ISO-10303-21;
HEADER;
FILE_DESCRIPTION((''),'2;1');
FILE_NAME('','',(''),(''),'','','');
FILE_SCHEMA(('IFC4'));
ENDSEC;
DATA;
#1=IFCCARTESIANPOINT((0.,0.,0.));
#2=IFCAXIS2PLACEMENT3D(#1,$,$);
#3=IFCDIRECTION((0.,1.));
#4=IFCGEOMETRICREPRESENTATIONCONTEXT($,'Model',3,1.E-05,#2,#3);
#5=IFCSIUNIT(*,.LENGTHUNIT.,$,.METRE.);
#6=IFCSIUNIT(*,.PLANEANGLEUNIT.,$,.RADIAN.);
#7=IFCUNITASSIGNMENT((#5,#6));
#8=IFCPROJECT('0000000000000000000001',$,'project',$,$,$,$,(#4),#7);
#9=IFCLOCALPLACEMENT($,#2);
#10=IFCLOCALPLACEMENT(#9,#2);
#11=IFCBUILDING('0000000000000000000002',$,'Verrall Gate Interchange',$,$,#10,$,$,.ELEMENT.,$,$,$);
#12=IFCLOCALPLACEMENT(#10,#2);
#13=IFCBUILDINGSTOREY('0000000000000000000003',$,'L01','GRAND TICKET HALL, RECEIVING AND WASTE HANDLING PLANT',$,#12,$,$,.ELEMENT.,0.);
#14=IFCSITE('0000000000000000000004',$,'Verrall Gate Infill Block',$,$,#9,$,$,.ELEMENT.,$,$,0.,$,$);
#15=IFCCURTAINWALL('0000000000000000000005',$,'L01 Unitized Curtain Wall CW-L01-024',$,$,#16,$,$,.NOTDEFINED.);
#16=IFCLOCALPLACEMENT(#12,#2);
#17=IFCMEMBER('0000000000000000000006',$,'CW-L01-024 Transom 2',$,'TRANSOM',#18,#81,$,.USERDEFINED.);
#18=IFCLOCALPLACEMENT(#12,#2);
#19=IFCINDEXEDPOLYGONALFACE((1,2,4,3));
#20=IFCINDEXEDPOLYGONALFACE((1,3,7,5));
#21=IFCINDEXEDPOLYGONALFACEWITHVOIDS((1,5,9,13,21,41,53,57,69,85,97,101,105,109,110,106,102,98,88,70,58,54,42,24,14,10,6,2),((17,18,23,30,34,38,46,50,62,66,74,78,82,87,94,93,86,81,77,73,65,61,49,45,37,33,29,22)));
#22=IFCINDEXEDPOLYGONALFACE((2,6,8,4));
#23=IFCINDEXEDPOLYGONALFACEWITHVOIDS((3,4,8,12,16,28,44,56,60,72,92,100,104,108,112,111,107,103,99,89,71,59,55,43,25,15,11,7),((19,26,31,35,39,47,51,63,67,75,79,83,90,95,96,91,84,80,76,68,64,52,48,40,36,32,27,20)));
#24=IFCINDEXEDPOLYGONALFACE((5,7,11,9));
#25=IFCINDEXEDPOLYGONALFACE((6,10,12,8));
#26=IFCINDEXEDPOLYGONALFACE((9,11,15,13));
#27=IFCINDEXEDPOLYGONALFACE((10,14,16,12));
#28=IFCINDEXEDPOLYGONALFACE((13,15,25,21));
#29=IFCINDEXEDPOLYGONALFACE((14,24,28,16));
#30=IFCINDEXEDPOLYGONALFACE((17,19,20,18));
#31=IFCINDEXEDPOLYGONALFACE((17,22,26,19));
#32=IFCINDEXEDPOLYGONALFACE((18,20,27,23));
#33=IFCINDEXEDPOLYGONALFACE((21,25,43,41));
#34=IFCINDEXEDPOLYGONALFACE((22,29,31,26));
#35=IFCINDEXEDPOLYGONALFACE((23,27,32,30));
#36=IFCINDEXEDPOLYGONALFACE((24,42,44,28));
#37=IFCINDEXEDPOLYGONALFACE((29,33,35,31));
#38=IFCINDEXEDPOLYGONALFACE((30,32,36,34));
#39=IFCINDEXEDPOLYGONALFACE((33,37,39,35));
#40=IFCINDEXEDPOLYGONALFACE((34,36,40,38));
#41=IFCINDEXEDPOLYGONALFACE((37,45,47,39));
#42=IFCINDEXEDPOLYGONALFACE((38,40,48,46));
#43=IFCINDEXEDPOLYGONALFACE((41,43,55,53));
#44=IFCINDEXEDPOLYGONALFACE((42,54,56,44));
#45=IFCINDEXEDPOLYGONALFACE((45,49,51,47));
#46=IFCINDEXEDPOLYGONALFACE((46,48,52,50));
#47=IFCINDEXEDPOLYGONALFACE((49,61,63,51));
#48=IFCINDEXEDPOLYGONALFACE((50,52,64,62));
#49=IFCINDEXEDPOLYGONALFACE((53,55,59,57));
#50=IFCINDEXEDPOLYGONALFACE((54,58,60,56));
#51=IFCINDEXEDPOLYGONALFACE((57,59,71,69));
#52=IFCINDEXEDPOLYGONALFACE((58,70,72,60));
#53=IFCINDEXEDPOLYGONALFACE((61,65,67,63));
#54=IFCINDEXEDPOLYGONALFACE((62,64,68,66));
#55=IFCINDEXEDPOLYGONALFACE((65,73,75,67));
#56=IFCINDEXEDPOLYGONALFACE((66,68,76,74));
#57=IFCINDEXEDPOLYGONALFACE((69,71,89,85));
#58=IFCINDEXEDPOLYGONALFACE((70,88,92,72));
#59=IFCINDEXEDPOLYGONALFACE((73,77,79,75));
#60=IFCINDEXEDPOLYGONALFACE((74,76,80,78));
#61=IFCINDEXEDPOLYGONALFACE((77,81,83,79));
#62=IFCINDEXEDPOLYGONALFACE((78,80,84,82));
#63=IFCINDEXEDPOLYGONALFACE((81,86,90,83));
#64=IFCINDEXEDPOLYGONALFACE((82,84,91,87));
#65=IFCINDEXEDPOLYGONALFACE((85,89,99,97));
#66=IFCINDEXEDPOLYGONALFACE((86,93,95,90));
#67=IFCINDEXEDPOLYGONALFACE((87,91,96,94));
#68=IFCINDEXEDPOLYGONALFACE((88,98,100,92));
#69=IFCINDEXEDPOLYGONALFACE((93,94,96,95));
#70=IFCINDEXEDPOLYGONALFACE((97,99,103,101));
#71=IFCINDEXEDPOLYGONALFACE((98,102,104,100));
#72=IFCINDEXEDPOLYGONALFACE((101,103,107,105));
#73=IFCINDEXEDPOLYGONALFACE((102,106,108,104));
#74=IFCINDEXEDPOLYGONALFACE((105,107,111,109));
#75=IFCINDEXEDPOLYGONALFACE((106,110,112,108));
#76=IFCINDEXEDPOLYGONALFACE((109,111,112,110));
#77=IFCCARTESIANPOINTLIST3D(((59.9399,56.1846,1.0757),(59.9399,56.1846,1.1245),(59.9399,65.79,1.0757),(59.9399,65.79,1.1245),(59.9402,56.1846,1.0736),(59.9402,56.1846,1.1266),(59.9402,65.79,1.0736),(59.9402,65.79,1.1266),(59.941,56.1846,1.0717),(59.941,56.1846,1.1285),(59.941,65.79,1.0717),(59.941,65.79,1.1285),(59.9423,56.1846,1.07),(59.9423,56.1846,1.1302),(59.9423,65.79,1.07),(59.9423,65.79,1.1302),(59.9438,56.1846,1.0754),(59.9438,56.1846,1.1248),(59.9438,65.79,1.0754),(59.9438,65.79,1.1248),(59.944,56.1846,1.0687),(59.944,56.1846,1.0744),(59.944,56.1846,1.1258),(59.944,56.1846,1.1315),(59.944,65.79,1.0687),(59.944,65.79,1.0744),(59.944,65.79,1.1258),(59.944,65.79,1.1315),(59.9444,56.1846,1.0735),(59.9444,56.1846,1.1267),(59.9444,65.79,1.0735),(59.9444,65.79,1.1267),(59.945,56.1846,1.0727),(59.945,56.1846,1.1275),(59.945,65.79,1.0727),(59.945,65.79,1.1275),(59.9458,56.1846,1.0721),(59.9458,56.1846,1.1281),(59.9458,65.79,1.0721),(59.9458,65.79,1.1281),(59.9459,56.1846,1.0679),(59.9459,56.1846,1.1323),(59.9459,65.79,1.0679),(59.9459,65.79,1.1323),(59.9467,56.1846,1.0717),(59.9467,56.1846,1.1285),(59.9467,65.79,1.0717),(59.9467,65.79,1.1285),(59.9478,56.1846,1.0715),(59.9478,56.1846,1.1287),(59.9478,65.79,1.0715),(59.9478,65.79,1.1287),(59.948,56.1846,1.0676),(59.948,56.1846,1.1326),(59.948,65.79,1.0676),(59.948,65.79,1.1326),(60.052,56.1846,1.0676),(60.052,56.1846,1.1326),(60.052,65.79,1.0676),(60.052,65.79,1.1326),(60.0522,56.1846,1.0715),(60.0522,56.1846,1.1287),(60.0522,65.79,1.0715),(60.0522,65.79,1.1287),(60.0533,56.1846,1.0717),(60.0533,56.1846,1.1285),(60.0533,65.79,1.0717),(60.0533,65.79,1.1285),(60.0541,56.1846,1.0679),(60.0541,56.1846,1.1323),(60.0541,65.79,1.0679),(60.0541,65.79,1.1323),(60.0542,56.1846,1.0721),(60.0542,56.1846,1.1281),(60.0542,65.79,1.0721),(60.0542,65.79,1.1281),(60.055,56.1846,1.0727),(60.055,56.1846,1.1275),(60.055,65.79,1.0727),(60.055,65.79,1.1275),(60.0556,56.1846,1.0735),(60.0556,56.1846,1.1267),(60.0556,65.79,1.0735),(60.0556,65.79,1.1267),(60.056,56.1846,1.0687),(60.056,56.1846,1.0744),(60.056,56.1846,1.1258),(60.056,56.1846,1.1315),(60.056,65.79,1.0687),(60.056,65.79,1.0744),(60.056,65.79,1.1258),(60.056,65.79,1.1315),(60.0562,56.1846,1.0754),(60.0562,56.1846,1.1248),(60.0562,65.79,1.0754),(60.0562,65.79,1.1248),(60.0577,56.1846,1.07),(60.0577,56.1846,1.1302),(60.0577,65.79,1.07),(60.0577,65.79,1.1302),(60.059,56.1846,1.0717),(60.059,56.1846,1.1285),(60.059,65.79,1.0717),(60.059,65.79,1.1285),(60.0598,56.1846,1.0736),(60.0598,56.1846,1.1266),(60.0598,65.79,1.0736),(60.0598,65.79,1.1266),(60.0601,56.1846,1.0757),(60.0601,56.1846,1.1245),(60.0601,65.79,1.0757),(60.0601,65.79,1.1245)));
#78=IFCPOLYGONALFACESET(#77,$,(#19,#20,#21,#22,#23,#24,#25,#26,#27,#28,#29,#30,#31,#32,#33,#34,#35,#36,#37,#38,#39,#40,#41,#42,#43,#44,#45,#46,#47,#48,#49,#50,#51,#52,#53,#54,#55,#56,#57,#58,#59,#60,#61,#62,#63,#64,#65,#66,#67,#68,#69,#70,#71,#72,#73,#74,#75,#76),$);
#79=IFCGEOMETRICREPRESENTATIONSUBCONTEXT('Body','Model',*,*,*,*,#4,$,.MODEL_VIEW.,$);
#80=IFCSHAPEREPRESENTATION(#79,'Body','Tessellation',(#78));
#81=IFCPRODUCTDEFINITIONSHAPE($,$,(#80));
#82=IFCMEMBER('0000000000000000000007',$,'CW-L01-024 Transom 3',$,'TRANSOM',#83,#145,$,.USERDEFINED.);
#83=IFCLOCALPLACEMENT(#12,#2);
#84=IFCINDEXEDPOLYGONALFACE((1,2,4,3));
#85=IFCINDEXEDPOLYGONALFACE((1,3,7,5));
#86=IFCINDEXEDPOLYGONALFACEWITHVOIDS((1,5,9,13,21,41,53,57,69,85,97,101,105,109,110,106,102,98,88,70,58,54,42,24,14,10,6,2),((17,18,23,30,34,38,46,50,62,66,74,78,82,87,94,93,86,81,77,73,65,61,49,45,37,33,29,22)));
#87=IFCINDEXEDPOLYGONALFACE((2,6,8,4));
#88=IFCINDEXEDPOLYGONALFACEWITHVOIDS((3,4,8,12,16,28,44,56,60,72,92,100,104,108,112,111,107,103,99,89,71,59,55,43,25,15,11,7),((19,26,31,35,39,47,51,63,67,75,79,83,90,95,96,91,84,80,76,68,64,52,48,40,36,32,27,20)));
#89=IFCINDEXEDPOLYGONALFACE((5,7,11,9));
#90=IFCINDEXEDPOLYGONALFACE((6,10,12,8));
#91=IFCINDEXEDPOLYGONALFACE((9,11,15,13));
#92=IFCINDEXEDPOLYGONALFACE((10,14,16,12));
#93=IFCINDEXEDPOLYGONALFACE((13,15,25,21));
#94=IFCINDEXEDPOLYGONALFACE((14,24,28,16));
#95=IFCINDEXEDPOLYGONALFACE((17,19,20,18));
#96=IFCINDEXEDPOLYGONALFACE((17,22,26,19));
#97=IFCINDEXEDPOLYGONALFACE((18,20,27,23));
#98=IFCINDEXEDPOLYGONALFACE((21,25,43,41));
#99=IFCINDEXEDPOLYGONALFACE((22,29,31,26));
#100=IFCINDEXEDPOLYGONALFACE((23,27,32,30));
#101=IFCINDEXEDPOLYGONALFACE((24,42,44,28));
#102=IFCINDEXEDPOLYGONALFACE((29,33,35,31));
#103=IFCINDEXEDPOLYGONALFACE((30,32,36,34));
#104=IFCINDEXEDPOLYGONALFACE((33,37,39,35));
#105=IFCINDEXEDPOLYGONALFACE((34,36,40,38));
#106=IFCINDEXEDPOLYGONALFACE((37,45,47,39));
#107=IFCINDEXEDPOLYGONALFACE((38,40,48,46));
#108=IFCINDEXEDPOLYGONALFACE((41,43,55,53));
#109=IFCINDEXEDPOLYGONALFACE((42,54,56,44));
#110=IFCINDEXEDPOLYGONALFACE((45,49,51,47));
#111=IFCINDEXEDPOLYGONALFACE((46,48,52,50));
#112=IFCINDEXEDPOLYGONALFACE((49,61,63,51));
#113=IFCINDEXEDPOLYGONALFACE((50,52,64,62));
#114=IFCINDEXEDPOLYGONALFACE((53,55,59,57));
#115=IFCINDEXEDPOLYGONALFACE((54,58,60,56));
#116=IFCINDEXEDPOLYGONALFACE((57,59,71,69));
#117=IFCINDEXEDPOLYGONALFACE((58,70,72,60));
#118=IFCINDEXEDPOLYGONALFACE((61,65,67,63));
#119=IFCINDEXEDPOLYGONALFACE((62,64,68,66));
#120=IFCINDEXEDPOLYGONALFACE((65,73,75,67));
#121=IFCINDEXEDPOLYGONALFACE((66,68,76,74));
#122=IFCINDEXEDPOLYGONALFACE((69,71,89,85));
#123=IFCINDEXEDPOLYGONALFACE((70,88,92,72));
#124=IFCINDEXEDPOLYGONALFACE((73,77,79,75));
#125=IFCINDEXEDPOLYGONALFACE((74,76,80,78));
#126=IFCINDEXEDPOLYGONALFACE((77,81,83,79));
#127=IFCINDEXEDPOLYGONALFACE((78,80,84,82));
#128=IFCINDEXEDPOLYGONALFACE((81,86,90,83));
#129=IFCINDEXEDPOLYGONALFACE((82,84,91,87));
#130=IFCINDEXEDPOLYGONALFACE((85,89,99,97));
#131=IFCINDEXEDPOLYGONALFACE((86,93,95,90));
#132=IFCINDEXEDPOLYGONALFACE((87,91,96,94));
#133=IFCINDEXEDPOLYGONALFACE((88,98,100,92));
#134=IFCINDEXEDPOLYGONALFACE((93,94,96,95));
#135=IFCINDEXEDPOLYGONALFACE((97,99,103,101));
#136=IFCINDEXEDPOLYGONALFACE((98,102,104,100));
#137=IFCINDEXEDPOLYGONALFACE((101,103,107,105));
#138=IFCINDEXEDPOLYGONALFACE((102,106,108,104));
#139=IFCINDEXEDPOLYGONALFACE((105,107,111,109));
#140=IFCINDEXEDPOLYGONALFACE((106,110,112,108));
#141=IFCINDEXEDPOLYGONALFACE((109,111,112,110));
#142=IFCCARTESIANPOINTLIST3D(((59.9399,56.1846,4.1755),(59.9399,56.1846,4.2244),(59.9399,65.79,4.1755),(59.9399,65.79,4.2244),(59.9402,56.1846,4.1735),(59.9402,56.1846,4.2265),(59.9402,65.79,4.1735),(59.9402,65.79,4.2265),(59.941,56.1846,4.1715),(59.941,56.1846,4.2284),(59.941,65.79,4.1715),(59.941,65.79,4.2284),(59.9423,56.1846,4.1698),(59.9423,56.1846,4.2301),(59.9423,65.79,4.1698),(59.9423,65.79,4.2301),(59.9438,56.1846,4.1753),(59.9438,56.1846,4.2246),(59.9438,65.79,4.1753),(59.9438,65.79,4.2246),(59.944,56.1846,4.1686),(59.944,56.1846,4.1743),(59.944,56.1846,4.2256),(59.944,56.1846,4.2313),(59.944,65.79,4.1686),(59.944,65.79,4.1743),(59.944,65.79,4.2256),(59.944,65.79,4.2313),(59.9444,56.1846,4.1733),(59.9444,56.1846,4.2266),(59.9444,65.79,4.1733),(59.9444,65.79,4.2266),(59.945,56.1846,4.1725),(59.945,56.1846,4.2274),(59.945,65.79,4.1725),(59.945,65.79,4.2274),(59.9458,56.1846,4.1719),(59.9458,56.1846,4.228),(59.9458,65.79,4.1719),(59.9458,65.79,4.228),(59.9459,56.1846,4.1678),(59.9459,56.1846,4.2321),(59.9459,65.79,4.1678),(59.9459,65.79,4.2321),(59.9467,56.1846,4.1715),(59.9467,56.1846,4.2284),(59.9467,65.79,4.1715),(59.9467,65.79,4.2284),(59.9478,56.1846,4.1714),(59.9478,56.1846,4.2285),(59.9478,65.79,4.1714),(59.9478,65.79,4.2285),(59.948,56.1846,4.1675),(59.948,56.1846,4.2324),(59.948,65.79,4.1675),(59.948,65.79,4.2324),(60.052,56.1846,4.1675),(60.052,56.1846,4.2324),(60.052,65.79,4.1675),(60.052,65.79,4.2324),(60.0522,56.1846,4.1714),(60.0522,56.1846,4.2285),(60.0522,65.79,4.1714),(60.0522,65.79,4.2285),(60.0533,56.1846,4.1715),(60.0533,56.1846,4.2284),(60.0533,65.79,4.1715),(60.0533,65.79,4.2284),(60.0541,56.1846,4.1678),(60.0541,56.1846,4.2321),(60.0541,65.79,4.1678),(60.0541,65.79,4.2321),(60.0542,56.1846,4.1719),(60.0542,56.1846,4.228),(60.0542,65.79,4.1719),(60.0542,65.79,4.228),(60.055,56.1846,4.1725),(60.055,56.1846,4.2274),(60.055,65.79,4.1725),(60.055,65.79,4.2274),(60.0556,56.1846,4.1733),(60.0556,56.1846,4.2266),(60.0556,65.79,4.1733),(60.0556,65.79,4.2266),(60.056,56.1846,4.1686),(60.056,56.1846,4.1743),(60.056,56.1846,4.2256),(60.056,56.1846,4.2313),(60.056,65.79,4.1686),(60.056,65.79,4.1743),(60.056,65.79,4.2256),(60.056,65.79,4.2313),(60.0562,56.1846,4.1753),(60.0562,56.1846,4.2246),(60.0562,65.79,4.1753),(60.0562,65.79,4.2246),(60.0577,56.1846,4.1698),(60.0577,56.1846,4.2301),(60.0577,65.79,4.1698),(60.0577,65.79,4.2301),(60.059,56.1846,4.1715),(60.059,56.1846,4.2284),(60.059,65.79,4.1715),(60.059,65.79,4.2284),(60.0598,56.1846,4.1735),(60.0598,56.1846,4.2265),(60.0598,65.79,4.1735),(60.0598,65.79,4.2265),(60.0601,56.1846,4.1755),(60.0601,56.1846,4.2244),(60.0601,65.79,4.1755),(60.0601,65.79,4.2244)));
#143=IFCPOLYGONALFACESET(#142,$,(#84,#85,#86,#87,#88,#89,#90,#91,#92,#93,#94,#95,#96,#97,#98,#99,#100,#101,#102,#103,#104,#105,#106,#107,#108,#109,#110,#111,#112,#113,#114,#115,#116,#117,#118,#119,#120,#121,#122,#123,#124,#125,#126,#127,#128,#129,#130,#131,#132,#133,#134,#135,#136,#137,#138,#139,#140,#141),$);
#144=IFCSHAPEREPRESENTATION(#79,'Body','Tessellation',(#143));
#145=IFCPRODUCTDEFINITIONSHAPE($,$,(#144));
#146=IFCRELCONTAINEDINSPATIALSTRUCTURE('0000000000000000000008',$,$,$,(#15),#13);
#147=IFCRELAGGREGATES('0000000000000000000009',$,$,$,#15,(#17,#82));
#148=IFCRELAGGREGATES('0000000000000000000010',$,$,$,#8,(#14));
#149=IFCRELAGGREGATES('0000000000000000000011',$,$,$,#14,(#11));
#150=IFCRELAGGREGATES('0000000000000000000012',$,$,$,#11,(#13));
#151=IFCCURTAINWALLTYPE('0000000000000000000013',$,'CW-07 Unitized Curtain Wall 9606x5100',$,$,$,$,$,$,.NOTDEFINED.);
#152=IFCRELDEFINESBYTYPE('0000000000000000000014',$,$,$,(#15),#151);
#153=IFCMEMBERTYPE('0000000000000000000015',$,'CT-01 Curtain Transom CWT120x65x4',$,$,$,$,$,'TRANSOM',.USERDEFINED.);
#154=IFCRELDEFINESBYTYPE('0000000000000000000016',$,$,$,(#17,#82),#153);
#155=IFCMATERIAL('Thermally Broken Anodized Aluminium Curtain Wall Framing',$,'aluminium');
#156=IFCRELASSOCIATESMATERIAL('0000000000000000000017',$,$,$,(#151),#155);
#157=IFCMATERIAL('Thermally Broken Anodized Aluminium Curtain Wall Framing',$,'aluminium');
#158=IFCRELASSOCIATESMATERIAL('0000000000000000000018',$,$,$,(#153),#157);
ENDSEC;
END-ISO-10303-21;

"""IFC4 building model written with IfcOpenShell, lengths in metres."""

from ifc_helpers import new_model, si_unit, direction, frame, origin, origin_2d, place, context, subcontext, project, spatial, hollow_rectangle, extrude, material, material_profile, profile_set, type_object, element, aggregate, save


model = new_model("IFC4")

# Units and contexts
model_context = context("Model", 3, precision=1e-05, world=origin(), true_north=direction((0.0, 1.0)))
body_context = subcontext(model_context, "Body", "Model", "MODEL_VIEW")
ifc_project = project(units=[si_unit("LENGTHUNIT", "METRE"), si_unit("PLANEANGLEUNIT", "RADIAN")], contexts=[model_context])

# Site, building, storey
site_placement = place(None, origin())
site = spatial("IfcSite", under=ifc_project, at=site_placement, Name="Verrall Gate Infill Block", CompositionType="ELEMENT", RefElevation=0.0)
building_placement = place(site_placement, origin())
building = spatial("IfcBuilding", under=site, at=building_placement, Name="Verrall Gate Interchange", CompositionType="ELEMENT")
storey_placement = place(building_placement, origin())
storey = spatial("IfcBuildingStorey", under=building, at=storey_placement, Name="L01", Description="GRAND TICKET HALL, RECEIVING AND WASTE HANDLING PLANT", CompositionType="ELEMENT", Elevation=0.0)

# Curtain wall
ifc_material_1 = material(Name="Thermally Broken Anodized Aluminium Curtain Wall Framing", Category="aluminium")
curtain_wall_type_1 = type_object("IfcCurtainWallType", Name="CW-07 Unitized Curtain Wall 9606x5100", PredefinedType="NOTDEFINED", material=ifc_material_1)
curtain_wall_1_placement = place(storey_placement, origin())
curtain_wall_1 = element("IfcCurtainWall", 1, at=curtain_wall_1_placement, inside=storey, type_object=curtain_wall_type_1, Name="L01 Unitized Curtain Wall CW-L01-024", PredefinedType="NOTDEFINED")

# Members
ifc_material_2 = material(Name="Thermally Broken Anodized Aluminium Curtain Wall Framing", Category="aluminium")
ifc_material_profile_1 = material_profile(ifc_material_2, hollow_rectangle(XDim=0.1201, YDim=0.0649, WallThickness=0.0039, InnerFilletRadius=0.0039, OuterFilletRadius=0.0081, at=origin_2d()), Name="CWT120x65x4")
ifc_profile_set_1 = profile_set([ifc_material_profile_1], Name="Thermally Broken Anodized Aluminium Curtain Wall Framing")
member_type_1 = type_object("IfcMemberType", Name="CT-01 Curtain Transom CWT120x65x4", ElementType="TRANSOM", PredefinedType="USERDEFINED", material=ifc_profile_set_1)
member_1_placement = place(storey_placement, frame((60.0, 65.79, 1.1001), z_axis=(0.0, -1.0, 0.0), x_axis=(1.0, 0.0, 0.0)))
member_1 = element("IfcMember", 2, at=member_1_placement, type_object=member_type_1, Name="CW-L01-024 Transom 2", ObjectType="TRANSOM", PredefinedType="USERDEFINED", context=body_context, shape_type="SweptSolid", body=[
    extrude(hollow_rectangle(XDim=0.1201, YDim=0.0649, WallThickness=0.0039, InnerFilletRadius=0.0039, OuterFilletRadius=0.0081, at=origin_2d()), origin(), (0.0, 0.0, 1.0), 9.6055),
])
member_2_placement = place(storey_placement, frame((60.0, 65.79, 4.2), z_axis=(0.0, -1.0, 0.0), x_axis=(1.0, 0.0, 0.0)))
member_2 = element("IfcMember", 3, at=member_2_placement, type_object=member_type_1, Name="CW-L01-024 Transom 3", ObjectType="TRANSOM", PredefinedType="USERDEFINED", context=body_context, shape_type="SweptSolid", body=[
    extrude(hollow_rectangle(XDim=0.1201, YDim=0.0649, WallThickness=0.0039, InnerFilletRadius=0.0039, OuterFilletRadius=0.0081, at=origin_2d()), origin(), (0.0, 0.0, 1.0), 9.6055),
])

aggregate(curtain_wall_1, [member_1, member_2])

save(model, "model.ifc")
